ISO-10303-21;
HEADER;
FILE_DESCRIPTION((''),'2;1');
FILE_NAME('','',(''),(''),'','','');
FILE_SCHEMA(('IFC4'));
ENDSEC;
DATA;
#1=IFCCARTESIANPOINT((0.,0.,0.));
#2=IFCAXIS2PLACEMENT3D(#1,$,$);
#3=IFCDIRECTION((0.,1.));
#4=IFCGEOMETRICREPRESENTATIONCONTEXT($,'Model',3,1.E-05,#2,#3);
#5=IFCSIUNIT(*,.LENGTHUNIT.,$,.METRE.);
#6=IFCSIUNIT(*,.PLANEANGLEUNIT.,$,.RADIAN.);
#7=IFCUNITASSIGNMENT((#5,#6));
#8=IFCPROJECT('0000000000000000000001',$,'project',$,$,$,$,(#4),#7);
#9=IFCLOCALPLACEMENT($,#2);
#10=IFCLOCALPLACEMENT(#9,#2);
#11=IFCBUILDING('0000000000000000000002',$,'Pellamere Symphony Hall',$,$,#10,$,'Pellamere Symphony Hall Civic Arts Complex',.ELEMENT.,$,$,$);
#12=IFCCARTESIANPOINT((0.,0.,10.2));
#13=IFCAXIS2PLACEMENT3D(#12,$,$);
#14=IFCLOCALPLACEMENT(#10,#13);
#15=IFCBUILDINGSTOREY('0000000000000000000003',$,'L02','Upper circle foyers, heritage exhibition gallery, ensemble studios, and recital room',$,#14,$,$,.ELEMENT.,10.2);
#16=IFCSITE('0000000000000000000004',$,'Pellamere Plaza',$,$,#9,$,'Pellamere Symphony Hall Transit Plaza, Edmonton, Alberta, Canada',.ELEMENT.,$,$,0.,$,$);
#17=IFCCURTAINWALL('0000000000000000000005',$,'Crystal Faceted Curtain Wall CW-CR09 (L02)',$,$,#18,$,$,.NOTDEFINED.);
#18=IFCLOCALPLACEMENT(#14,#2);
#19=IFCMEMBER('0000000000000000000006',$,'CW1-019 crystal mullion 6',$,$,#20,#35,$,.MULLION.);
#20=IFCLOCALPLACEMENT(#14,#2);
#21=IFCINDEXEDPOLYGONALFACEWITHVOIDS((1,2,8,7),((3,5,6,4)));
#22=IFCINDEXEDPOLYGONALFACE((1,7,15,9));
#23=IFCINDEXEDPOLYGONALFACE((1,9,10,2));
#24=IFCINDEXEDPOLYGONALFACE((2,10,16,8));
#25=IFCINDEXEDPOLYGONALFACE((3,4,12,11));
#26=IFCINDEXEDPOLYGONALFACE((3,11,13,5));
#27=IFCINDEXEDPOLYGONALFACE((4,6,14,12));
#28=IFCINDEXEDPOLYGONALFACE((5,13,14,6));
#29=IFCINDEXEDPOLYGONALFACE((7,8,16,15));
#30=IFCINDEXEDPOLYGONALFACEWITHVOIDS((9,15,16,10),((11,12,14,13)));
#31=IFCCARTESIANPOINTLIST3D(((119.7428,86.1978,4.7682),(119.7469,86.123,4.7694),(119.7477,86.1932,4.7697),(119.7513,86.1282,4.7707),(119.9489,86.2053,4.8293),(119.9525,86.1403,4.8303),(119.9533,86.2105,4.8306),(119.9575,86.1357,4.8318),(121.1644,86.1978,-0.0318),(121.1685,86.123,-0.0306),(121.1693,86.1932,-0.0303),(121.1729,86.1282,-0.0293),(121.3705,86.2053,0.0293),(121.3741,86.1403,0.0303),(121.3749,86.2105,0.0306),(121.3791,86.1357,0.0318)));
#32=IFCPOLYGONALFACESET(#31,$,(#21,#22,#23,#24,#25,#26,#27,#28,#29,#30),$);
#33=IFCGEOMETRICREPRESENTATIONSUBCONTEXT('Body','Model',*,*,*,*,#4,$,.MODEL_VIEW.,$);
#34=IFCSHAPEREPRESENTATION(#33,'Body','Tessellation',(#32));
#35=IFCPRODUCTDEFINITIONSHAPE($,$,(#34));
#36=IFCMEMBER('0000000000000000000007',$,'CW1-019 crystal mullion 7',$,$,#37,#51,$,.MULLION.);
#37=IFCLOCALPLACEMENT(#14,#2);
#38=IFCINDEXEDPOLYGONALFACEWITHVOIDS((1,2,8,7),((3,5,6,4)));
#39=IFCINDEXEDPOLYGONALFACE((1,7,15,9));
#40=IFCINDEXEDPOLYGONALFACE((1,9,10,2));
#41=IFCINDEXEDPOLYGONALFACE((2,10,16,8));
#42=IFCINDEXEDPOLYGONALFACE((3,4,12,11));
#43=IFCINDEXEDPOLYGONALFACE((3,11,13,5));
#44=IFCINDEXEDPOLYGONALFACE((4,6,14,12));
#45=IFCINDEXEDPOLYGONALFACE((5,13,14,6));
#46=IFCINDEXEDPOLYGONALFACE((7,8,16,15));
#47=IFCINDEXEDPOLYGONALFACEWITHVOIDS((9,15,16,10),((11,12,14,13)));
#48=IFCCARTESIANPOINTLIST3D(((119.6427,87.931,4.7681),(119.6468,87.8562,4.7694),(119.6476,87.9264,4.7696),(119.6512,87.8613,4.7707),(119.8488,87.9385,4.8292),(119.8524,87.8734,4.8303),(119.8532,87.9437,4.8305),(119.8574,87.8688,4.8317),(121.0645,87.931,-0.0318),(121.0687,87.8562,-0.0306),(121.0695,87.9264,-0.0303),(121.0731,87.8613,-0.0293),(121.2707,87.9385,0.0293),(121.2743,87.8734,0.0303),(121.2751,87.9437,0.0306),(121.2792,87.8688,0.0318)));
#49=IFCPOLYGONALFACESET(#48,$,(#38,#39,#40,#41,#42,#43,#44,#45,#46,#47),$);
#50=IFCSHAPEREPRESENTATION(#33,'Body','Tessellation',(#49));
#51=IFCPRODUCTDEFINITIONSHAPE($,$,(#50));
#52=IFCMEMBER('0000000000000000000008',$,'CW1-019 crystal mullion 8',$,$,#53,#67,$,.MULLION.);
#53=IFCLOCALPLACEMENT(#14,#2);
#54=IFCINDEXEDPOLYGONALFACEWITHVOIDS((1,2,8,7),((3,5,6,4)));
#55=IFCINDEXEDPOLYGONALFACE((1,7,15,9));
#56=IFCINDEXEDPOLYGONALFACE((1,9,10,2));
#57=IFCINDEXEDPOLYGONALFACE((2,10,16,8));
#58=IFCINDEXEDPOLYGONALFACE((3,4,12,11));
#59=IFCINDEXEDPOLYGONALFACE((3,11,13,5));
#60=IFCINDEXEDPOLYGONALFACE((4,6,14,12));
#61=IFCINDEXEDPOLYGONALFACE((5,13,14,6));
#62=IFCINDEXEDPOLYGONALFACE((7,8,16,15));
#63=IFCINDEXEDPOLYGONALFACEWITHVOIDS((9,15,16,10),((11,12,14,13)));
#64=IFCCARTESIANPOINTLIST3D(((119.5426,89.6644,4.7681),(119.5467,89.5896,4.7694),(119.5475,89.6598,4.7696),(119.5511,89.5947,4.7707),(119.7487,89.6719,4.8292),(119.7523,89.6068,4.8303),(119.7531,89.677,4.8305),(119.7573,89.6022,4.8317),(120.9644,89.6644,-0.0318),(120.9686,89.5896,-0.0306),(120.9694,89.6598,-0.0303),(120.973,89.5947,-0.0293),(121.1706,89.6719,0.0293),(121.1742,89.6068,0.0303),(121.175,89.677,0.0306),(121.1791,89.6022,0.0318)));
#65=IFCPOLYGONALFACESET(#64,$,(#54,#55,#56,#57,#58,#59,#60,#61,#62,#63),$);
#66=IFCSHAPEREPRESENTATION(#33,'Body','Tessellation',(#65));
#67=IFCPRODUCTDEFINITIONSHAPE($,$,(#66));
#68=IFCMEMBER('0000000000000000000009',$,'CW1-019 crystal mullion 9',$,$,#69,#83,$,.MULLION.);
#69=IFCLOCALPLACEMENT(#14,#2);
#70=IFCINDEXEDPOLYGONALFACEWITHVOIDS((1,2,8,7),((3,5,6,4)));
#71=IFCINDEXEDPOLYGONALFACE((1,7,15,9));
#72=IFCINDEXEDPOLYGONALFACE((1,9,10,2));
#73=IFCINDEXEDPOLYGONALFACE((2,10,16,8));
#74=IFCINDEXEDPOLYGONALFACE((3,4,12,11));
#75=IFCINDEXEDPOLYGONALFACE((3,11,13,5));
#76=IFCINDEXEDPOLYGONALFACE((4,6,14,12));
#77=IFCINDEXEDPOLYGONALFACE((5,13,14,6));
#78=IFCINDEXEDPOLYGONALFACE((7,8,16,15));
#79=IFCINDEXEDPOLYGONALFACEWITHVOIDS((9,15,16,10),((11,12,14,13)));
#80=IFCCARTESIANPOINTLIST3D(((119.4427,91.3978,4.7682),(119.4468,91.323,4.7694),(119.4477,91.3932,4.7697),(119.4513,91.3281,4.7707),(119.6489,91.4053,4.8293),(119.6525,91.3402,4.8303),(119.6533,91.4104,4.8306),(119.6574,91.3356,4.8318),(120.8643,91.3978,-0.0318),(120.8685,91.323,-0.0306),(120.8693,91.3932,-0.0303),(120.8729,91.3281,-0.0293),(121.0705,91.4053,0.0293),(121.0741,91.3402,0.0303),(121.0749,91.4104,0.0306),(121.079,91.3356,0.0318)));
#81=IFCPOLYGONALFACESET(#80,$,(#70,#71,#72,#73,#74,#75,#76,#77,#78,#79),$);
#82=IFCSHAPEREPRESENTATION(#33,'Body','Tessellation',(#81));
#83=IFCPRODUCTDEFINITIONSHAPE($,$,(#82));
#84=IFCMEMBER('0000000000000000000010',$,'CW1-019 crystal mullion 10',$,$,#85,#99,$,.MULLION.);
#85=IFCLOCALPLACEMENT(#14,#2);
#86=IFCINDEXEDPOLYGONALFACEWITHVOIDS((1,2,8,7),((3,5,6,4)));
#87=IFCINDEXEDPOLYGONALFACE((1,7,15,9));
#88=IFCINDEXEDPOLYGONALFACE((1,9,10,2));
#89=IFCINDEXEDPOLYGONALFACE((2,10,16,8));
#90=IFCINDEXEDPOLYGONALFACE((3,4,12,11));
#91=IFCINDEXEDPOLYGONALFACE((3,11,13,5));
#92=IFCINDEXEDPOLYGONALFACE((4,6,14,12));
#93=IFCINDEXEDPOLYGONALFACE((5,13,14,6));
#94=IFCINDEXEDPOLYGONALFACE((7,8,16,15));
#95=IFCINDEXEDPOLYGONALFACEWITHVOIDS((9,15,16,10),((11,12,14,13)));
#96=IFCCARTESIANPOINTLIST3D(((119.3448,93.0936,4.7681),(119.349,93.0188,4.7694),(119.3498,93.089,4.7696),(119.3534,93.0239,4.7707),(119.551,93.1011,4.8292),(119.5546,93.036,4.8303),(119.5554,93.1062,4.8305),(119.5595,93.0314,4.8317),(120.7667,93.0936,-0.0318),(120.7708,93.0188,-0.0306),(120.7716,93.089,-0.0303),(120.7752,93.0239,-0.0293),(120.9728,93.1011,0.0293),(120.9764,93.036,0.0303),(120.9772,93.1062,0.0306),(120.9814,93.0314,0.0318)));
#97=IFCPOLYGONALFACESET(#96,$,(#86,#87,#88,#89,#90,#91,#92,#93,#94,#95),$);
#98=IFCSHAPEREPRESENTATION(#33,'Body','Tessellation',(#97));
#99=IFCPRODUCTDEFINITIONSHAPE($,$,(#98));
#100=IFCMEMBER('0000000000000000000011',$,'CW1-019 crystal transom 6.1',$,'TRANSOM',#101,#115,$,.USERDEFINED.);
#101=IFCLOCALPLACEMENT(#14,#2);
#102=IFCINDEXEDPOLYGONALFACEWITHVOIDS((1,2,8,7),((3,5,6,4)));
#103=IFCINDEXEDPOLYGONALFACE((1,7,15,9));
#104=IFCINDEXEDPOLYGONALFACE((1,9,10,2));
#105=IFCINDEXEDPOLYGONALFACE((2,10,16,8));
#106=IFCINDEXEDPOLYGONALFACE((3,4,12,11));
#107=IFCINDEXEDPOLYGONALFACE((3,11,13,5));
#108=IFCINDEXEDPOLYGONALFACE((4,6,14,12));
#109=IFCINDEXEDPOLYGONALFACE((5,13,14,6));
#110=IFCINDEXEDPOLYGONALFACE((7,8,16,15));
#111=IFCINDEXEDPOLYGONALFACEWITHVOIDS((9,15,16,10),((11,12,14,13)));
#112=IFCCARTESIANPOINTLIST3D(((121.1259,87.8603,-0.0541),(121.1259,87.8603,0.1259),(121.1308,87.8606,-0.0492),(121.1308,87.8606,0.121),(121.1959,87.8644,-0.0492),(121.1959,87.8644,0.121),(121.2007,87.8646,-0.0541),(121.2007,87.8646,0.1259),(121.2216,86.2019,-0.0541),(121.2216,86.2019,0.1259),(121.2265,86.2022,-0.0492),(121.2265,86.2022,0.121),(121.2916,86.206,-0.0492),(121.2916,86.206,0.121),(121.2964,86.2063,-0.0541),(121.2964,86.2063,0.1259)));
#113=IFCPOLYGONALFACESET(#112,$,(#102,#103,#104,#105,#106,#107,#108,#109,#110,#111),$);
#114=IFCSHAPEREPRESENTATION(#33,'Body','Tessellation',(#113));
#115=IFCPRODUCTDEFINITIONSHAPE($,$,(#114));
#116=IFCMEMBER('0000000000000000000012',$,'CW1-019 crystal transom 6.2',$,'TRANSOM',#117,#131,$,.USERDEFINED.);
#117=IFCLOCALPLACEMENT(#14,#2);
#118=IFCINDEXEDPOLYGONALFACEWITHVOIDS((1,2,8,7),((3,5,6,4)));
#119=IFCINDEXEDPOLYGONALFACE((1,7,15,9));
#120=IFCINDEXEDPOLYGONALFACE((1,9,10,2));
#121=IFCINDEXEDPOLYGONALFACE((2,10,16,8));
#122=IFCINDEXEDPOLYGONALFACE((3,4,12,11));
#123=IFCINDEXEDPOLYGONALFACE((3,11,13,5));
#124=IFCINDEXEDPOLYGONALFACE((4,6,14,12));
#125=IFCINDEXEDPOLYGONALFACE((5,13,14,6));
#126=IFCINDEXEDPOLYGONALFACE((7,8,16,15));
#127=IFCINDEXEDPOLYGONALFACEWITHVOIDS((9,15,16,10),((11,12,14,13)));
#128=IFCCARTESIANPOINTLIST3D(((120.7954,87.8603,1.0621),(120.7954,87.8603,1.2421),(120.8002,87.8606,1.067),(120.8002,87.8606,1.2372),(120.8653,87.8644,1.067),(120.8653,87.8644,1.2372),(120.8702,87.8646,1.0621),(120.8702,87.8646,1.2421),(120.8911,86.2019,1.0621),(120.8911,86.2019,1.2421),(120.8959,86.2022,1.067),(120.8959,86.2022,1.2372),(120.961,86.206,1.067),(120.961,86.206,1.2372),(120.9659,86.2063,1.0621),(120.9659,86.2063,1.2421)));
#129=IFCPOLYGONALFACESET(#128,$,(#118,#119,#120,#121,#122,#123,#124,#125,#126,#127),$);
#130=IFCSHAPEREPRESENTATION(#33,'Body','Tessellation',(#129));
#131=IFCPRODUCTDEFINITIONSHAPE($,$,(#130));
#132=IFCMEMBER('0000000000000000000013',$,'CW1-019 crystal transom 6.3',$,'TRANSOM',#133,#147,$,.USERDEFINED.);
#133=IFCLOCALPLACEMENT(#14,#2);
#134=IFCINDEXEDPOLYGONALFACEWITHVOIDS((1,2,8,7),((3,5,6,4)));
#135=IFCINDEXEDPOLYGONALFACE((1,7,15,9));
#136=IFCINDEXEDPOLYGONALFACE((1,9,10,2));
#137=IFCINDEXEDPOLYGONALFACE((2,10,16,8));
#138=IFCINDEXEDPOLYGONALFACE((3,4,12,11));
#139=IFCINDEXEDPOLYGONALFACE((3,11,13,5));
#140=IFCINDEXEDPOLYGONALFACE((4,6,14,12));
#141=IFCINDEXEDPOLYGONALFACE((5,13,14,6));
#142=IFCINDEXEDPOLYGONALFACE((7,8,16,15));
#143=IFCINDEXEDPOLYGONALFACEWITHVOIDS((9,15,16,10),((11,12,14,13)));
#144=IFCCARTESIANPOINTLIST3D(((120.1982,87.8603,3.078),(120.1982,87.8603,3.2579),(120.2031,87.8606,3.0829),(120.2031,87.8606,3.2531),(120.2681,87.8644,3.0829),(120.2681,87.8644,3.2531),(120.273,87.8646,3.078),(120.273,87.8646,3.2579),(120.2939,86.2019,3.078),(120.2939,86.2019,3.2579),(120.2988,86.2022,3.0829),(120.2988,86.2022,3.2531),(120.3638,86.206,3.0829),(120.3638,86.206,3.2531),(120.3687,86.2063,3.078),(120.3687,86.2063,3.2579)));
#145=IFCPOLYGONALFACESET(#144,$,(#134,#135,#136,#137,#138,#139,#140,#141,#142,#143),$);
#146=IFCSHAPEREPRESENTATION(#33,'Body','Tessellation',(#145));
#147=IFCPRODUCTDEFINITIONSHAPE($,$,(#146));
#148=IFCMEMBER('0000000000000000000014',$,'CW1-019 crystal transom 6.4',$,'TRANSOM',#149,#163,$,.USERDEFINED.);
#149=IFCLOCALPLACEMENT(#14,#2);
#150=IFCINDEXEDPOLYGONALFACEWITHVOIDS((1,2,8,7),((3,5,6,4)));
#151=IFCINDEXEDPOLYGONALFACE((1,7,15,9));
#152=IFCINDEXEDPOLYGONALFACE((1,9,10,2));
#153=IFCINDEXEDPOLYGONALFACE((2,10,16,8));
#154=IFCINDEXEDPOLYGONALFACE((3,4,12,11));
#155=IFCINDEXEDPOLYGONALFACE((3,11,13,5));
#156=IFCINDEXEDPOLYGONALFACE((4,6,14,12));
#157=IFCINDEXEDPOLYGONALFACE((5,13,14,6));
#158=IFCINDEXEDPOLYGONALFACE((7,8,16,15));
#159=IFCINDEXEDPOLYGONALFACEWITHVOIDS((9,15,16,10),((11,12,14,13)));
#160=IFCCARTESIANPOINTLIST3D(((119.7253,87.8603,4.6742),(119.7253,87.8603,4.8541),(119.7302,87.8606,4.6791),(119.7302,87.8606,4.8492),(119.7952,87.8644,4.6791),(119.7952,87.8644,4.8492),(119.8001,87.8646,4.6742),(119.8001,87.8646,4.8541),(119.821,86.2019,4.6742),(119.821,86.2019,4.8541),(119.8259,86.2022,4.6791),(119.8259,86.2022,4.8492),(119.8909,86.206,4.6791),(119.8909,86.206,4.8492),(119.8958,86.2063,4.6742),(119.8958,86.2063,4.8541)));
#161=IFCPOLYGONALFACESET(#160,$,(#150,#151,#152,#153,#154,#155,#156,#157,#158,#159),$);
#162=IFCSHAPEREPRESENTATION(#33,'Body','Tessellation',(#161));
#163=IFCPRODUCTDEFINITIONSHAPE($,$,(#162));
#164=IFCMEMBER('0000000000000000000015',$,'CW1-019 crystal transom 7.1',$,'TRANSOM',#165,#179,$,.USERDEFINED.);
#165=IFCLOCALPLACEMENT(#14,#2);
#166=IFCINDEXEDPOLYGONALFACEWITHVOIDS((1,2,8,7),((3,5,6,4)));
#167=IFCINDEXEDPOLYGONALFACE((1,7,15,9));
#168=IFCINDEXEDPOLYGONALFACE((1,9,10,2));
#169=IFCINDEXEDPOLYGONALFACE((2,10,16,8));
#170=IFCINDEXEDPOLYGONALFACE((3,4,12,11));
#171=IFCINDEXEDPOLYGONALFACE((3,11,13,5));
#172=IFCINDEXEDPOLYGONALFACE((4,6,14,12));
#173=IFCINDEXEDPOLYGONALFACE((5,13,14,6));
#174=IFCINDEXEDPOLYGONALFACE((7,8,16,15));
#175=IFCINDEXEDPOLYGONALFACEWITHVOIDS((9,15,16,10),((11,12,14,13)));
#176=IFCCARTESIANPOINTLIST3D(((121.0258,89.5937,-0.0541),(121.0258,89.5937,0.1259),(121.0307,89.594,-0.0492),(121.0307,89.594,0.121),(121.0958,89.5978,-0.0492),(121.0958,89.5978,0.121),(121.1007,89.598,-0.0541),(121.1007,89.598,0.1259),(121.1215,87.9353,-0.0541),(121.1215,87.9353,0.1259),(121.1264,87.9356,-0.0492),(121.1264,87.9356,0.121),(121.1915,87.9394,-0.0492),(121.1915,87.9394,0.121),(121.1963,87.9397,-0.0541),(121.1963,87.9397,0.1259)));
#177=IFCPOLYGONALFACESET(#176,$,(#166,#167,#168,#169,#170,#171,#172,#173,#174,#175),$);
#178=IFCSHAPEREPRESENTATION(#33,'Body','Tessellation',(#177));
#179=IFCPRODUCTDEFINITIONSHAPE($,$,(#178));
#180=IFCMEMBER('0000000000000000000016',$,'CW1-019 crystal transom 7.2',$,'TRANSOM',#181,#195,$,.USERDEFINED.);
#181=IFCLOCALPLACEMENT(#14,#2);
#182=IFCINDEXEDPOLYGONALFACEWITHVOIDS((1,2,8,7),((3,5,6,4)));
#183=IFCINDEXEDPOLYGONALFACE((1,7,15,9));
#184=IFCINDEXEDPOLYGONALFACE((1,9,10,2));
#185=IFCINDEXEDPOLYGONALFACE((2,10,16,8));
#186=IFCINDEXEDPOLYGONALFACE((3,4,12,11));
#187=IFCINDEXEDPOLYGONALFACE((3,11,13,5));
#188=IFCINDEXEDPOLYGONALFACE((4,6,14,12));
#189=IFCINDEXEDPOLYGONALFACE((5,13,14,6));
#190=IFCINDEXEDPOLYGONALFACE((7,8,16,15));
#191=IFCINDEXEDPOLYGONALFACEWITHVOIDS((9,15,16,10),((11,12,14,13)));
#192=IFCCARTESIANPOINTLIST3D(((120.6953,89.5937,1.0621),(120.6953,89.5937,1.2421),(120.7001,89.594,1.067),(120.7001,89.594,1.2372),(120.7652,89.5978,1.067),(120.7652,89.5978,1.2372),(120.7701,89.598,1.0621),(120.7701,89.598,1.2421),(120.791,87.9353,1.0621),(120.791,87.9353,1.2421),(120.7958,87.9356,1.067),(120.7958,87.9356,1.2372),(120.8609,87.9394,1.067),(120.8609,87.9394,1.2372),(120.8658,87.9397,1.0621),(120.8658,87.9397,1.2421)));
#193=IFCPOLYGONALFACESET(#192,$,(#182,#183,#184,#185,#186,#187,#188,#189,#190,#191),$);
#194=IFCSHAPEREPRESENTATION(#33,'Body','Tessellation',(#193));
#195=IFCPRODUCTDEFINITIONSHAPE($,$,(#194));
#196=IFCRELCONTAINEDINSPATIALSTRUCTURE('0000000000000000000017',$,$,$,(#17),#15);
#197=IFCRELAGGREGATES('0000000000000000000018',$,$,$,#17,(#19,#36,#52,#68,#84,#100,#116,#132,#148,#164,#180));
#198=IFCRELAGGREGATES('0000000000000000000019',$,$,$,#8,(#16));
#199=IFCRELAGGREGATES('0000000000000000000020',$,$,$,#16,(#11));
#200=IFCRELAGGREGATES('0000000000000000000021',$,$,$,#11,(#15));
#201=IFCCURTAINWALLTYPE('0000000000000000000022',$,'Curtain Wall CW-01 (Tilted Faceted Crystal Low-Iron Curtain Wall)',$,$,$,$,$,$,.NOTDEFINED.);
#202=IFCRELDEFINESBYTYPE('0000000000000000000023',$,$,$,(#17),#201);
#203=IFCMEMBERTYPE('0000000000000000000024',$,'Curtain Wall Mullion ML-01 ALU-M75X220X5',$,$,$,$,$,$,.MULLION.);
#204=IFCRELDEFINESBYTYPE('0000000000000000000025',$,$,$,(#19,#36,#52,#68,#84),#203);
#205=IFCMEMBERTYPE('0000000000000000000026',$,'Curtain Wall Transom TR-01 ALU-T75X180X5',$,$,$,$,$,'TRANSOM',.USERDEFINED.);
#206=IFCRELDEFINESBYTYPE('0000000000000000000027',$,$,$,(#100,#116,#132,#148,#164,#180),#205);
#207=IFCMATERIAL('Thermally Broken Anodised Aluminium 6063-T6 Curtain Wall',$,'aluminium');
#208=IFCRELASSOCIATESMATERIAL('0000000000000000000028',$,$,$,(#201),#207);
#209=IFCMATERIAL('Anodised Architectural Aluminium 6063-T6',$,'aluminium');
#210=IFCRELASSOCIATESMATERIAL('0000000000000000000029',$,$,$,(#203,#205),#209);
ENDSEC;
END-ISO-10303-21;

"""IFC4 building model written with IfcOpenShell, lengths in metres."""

from ifc_helpers import new_model, si_unit, direction, frame, origin, origin_2d, place, context, subcontext, project, spatial, hollow_rectangle, extrude, material, material_profile, profile_set, type_object, element, aggregate, save


model = new_model("IFC4")

# Units and contexts
model_context = context("Model", 3, precision=1e-05, world=origin(), true_north=direction((0.0, 1.0)))
body_context = subcontext(model_context, "Body", "Model", "MODEL_VIEW")
ifc_project = project(units=[si_unit("LENGTHUNIT", "METRE"), si_unit("PLANEANGLEUNIT", "RADIAN")], contexts=[model_context])

# Site, building, storey
site_placement = place(None, origin())
site = spatial("IfcSite", under=ifc_project, at=site_placement, Name="Pellamere Plaza", LongName="Pellamere Symphony Hall Transit Plaza, Edmonton, Alberta, Canada", CompositionType="ELEMENT", RefElevation=0.0)
building_placement = place(site_placement, origin())
building = spatial("IfcBuilding", under=site, at=building_placement, Name="Pellamere Symphony Hall", LongName="Pellamere Symphony Hall Civic Arts Complex", CompositionType="ELEMENT")
storey_placement = place(building_placement, frame((0.0, 0.0, 10.2)))
storey = spatial("IfcBuildingStorey", under=building, at=storey_placement, Name="L02", Description="Upper circle foyers, heritage exhibition gallery, ensemble studios, and recital room", CompositionType="ELEMENT", Elevation=10.2)

# Curtain wall, members
ifc_material_1 = material(Name="Thermally Broken Anodised Aluminium 6063-T6 Curtain Wall", Category="aluminium")
curtain_wall_type = type_object("IfcCurtainWallType", Name="Curtain Wall CW-01 (Tilted Faceted Crystal Low-Iron Curtain Wall)", PredefinedType="NOTDEFINED", material=ifc_material_1)
curtain_wall_placement = place(storey_placement, origin())
curtain_wall = element("IfcCurtainWall", 1, at=curtain_wall_placement, inside=storey, type_object=curtain_wall_type, Name="Crystal Faceted Curtain Wall CW-CR09 (L02)", PredefinedType="NOTDEFINED")
ifc_material_2 = material(Name="Anodised Architectural Aluminium 6063-T6", Category="aluminium")
ifc_material_profile_1 = material_profile(ifc_material_2, hollow_rectangle(XDim=0.075, YDim=0.22, WallThickness=0.0049, at=origin_2d()), Name="ALU-M75X220X5")
ifc_profile_set_1 = profile_set([ifc_material_profile_1], Name="Anodised Architectural Aluminium 6063-T6")
member_type_1 = type_object("IfcMemberType", Name="Curtain Wall Mullion ML-01 ALU-M75X220X5", PredefinedType="MULLION", material=ifc_profile_set_1)
member_1_placement = place(storey_placement, frame((121.2717, 86.1667, 0.0), z_axis=(-0.283977, 0.0, 0.958831), x_axis=(-0.055225, 0.99834, -0.016356)))
member_1 = element("IfcMember", 2, at=member_1_placement, type_object=member_type_1, Name="CW1-019 crystal mullion 6", PredefinedType="MULLION", context=body_context, shape_type="SweptSolid", body=[
    extrude(hollow_rectangle(XDim=0.075, YDim=0.22, WallThickness=0.0049, at=origin_2d()), origin(), (0.0, 0.0, 1.0), 5.0061),
])
member_2_placement = place(storey_placement, frame((121.1719, 87.8999, 0.0), z_axis=(-0.284022, 0.0, 0.958818), x_axis=(-0.055225, 0.99834, -0.016359)))
member_2 = element("IfcMember", 3, at=member_2_placement, type_object=member_type_1, Name="CW1-019 crystal mullion 7", PredefinedType="MULLION", context=body_context, shape_type="SweptSolid", body=[
    extrude(hollow_rectangle(XDim=0.075, YDim=0.22, WallThickness=0.0049, at=origin_2d()), origin(), (0.0, 0.0, 1.0), 5.0061),
])
member_3_placement = place(storey_placement, frame((121.0718, 89.6333, 0.0), z_axis=(-0.284022, 0.0, 0.958818), x_axis=(-0.055225, 0.99834, -0.016359)))
member_3 = element("IfcMember", 4, at=member_3_placement, type_object=member_type_1, Name="CW1-019 crystal mullion 8", PredefinedType="MULLION", context=body_context, shape_type="SweptSolid", body=[
    extrude(hollow_rectangle(XDim=0.075, YDim=0.22, WallThickness=0.0049, at=origin_2d()), origin(), (0.0, 0.0, 1.0), 5.0061),
])
member_4_placement = place(storey_placement, frame((120.9717, 91.3667, 0.0), z_axis=(-0.283977, 0.0, 0.958831), x_axis=(-0.055225, 0.99834, -0.016356)))
member_4 = element("IfcMember", 5, at=member_4_placement, type_object=member_type_1, Name="CW1-019 crystal mullion 9", PredefinedType="MULLION", context=body_context, shape_type="SweptSolid", body=[
    extrude(hollow_rectangle(XDim=0.075, YDim=0.22, WallThickness=0.0049, at=origin_2d()), origin(), (0.0, 0.0, 1.0), 5.0061),
])
member_5_placement = place(storey_placement, frame((120.874, 93.0625, 0.0), z_axis=(-0.284022, 0.0, 0.958818), x_axis=(-0.055225, 0.99834, -0.016359)))
member_5 = element("IfcMember", 6, at=member_5_placement, type_object=member_type_1, Name="CW1-019 crystal mullion 10", PredefinedType="MULLION", context=body_context, shape_type="SweptSolid", body=[
    extrude(hollow_rectangle(XDim=0.075, YDim=0.22, WallThickness=0.0049, at=origin_2d()), origin(), (0.0, 0.0, 1.0), 5.0061),
])
ifc_material_profile_2 = material_profile(ifc_material_2, hollow_rectangle(XDim=0.075, YDim=0.1799, WallThickness=0.0049, at=origin_2d()), Name="ALU-T75X180X5")
ifc_profile_set_2 = profile_set([ifc_material_profile_2], Name="Anodised Architectural Aluminium 6063-T6")
member_type_2 = type_object("IfcMemberType", Name="Curtain Wall Transom TR-01 ALU-T75X180X5", ElementType="TRANSOM", PredefinedType="USERDEFINED", material=ifc_profile_set_2)
member_6_placement = place(storey_placement, frame((121.259, 86.2041, 0.0359), z_axis=(-0.057611, 0.998339, 0.0), x_axis=(-0.998339, -0.057611, 0.0)))
member_6 = element("IfcMember", 7, at=member_6_placement, type_object=member_type_2, Name="CW1-019 crystal transom 6.1", ObjectType="TRANSOM", PredefinedType="USERDEFINED", context=body_context, shape_type="SweptSolid", body=[
    extrude(hollow_rectangle(XDim=0.075, YDim=0.1799, WallThickness=0.0049, at=origin_2d()), origin(), (0.0, 0.0, 1.0), 1.6611),
])
member_7_placement = place(storey_placement, frame((120.9285, 86.2041, 1.1521), z_axis=(-0.057611, 0.998339, 0.0), x_axis=(-0.998339, -0.057611, 0.0)))
member_7 = element("IfcMember", 8, at=member_7_placement, type_object=member_type_2, Name="CW1-019 crystal transom 6.2", ObjectType="TRANSOM", PredefinedType="USERDEFINED", context=body_context, shape_type="SweptSolid", body=[
    extrude(hollow_rectangle(XDim=0.075, YDim=0.1799, WallThickness=0.0049, at=origin_2d()), origin(), (0.0, 0.0, 1.0), 1.6611),
])
member_8_placement = place(storey_placement, frame((120.3313, 86.2041, 3.168), z_axis=(-0.057611, 0.998339, 0.0), x_axis=(-0.998339, -0.057611, 0.0)))
member_8 = element("IfcMember", 9, at=member_8_placement, type_object=member_type_2, Name="CW1-019 crystal transom 6.3", ObjectType="TRANSOM", PredefinedType="USERDEFINED", context=body_context, shape_type="SweptSolid", body=[
    extrude(hollow_rectangle(XDim=0.075, YDim=0.1799, WallThickness=0.0049, at=origin_2d()), origin(), (0.0, 0.0, 1.0), 1.6611),
])
member_9_placement = place(storey_placement, frame((119.8584, 86.2041, 4.7642), z_axis=(-0.057611, 0.998339, 0.0), x_axis=(-0.998339, -0.057611, 0.0)))
member_9 = element("IfcMember", 10, at=member_9_placement, type_object=member_type_2, Name="CW1-019 crystal transom 6.4", ObjectType="TRANSOM", PredefinedType="USERDEFINED", context=body_context, shape_type="SweptSolid", body=[
    extrude(hollow_rectangle(XDim=0.075, YDim=0.1799, WallThickness=0.0049, at=origin_2d()), origin(), (0.0, 0.0, 1.0), 1.6611),
])
member_10_placement = place(storey_placement, frame((121.1589, 87.9375, 0.0359), z_axis=(-0.057611, 0.998339, 0.0), x_axis=(-0.998339, -0.057611, 0.0)))
member_10 = element("IfcMember", 11, at=member_10_placement, type_object=member_type_2, Name="CW1-019 crystal transom 7.1", ObjectType="TRANSOM", PredefinedType="USERDEFINED", context=body_context, shape_type="SweptSolid", body=[
    extrude(hollow_rectangle(XDim=0.075, YDim=0.1799, WallThickness=0.0049, at=origin_2d()), origin(), (0.0, 0.0, 1.0), 1.6611),
])
member_11_placement = place(storey_placement, frame((120.8284, 87.9375, 1.1521), z_axis=(-0.057611, 0.998339, 0.0), x_axis=(-0.998339, -0.057611, 0.0)))
member_11 = element("IfcMember", 12, at=member_11_placement, type_object=member_type_2, Name="CW1-019 crystal transom 7.2", ObjectType="TRANSOM", PredefinedType="USERDEFINED", context=body_context, shape_type="SweptSolid", body=[
    extrude(hollow_rectangle(XDim=0.075, YDim=0.1799, WallThickness=0.0049, at=origin_2d()), origin(), (0.0, 0.0, 1.0), 1.6611),
])

aggregate(curtain_wall, [member_1, member_2, member_3, member_4, member_5, member_6, member_7, member_8, member_9, member_10, member_11])

save(model, "model.ifc")
